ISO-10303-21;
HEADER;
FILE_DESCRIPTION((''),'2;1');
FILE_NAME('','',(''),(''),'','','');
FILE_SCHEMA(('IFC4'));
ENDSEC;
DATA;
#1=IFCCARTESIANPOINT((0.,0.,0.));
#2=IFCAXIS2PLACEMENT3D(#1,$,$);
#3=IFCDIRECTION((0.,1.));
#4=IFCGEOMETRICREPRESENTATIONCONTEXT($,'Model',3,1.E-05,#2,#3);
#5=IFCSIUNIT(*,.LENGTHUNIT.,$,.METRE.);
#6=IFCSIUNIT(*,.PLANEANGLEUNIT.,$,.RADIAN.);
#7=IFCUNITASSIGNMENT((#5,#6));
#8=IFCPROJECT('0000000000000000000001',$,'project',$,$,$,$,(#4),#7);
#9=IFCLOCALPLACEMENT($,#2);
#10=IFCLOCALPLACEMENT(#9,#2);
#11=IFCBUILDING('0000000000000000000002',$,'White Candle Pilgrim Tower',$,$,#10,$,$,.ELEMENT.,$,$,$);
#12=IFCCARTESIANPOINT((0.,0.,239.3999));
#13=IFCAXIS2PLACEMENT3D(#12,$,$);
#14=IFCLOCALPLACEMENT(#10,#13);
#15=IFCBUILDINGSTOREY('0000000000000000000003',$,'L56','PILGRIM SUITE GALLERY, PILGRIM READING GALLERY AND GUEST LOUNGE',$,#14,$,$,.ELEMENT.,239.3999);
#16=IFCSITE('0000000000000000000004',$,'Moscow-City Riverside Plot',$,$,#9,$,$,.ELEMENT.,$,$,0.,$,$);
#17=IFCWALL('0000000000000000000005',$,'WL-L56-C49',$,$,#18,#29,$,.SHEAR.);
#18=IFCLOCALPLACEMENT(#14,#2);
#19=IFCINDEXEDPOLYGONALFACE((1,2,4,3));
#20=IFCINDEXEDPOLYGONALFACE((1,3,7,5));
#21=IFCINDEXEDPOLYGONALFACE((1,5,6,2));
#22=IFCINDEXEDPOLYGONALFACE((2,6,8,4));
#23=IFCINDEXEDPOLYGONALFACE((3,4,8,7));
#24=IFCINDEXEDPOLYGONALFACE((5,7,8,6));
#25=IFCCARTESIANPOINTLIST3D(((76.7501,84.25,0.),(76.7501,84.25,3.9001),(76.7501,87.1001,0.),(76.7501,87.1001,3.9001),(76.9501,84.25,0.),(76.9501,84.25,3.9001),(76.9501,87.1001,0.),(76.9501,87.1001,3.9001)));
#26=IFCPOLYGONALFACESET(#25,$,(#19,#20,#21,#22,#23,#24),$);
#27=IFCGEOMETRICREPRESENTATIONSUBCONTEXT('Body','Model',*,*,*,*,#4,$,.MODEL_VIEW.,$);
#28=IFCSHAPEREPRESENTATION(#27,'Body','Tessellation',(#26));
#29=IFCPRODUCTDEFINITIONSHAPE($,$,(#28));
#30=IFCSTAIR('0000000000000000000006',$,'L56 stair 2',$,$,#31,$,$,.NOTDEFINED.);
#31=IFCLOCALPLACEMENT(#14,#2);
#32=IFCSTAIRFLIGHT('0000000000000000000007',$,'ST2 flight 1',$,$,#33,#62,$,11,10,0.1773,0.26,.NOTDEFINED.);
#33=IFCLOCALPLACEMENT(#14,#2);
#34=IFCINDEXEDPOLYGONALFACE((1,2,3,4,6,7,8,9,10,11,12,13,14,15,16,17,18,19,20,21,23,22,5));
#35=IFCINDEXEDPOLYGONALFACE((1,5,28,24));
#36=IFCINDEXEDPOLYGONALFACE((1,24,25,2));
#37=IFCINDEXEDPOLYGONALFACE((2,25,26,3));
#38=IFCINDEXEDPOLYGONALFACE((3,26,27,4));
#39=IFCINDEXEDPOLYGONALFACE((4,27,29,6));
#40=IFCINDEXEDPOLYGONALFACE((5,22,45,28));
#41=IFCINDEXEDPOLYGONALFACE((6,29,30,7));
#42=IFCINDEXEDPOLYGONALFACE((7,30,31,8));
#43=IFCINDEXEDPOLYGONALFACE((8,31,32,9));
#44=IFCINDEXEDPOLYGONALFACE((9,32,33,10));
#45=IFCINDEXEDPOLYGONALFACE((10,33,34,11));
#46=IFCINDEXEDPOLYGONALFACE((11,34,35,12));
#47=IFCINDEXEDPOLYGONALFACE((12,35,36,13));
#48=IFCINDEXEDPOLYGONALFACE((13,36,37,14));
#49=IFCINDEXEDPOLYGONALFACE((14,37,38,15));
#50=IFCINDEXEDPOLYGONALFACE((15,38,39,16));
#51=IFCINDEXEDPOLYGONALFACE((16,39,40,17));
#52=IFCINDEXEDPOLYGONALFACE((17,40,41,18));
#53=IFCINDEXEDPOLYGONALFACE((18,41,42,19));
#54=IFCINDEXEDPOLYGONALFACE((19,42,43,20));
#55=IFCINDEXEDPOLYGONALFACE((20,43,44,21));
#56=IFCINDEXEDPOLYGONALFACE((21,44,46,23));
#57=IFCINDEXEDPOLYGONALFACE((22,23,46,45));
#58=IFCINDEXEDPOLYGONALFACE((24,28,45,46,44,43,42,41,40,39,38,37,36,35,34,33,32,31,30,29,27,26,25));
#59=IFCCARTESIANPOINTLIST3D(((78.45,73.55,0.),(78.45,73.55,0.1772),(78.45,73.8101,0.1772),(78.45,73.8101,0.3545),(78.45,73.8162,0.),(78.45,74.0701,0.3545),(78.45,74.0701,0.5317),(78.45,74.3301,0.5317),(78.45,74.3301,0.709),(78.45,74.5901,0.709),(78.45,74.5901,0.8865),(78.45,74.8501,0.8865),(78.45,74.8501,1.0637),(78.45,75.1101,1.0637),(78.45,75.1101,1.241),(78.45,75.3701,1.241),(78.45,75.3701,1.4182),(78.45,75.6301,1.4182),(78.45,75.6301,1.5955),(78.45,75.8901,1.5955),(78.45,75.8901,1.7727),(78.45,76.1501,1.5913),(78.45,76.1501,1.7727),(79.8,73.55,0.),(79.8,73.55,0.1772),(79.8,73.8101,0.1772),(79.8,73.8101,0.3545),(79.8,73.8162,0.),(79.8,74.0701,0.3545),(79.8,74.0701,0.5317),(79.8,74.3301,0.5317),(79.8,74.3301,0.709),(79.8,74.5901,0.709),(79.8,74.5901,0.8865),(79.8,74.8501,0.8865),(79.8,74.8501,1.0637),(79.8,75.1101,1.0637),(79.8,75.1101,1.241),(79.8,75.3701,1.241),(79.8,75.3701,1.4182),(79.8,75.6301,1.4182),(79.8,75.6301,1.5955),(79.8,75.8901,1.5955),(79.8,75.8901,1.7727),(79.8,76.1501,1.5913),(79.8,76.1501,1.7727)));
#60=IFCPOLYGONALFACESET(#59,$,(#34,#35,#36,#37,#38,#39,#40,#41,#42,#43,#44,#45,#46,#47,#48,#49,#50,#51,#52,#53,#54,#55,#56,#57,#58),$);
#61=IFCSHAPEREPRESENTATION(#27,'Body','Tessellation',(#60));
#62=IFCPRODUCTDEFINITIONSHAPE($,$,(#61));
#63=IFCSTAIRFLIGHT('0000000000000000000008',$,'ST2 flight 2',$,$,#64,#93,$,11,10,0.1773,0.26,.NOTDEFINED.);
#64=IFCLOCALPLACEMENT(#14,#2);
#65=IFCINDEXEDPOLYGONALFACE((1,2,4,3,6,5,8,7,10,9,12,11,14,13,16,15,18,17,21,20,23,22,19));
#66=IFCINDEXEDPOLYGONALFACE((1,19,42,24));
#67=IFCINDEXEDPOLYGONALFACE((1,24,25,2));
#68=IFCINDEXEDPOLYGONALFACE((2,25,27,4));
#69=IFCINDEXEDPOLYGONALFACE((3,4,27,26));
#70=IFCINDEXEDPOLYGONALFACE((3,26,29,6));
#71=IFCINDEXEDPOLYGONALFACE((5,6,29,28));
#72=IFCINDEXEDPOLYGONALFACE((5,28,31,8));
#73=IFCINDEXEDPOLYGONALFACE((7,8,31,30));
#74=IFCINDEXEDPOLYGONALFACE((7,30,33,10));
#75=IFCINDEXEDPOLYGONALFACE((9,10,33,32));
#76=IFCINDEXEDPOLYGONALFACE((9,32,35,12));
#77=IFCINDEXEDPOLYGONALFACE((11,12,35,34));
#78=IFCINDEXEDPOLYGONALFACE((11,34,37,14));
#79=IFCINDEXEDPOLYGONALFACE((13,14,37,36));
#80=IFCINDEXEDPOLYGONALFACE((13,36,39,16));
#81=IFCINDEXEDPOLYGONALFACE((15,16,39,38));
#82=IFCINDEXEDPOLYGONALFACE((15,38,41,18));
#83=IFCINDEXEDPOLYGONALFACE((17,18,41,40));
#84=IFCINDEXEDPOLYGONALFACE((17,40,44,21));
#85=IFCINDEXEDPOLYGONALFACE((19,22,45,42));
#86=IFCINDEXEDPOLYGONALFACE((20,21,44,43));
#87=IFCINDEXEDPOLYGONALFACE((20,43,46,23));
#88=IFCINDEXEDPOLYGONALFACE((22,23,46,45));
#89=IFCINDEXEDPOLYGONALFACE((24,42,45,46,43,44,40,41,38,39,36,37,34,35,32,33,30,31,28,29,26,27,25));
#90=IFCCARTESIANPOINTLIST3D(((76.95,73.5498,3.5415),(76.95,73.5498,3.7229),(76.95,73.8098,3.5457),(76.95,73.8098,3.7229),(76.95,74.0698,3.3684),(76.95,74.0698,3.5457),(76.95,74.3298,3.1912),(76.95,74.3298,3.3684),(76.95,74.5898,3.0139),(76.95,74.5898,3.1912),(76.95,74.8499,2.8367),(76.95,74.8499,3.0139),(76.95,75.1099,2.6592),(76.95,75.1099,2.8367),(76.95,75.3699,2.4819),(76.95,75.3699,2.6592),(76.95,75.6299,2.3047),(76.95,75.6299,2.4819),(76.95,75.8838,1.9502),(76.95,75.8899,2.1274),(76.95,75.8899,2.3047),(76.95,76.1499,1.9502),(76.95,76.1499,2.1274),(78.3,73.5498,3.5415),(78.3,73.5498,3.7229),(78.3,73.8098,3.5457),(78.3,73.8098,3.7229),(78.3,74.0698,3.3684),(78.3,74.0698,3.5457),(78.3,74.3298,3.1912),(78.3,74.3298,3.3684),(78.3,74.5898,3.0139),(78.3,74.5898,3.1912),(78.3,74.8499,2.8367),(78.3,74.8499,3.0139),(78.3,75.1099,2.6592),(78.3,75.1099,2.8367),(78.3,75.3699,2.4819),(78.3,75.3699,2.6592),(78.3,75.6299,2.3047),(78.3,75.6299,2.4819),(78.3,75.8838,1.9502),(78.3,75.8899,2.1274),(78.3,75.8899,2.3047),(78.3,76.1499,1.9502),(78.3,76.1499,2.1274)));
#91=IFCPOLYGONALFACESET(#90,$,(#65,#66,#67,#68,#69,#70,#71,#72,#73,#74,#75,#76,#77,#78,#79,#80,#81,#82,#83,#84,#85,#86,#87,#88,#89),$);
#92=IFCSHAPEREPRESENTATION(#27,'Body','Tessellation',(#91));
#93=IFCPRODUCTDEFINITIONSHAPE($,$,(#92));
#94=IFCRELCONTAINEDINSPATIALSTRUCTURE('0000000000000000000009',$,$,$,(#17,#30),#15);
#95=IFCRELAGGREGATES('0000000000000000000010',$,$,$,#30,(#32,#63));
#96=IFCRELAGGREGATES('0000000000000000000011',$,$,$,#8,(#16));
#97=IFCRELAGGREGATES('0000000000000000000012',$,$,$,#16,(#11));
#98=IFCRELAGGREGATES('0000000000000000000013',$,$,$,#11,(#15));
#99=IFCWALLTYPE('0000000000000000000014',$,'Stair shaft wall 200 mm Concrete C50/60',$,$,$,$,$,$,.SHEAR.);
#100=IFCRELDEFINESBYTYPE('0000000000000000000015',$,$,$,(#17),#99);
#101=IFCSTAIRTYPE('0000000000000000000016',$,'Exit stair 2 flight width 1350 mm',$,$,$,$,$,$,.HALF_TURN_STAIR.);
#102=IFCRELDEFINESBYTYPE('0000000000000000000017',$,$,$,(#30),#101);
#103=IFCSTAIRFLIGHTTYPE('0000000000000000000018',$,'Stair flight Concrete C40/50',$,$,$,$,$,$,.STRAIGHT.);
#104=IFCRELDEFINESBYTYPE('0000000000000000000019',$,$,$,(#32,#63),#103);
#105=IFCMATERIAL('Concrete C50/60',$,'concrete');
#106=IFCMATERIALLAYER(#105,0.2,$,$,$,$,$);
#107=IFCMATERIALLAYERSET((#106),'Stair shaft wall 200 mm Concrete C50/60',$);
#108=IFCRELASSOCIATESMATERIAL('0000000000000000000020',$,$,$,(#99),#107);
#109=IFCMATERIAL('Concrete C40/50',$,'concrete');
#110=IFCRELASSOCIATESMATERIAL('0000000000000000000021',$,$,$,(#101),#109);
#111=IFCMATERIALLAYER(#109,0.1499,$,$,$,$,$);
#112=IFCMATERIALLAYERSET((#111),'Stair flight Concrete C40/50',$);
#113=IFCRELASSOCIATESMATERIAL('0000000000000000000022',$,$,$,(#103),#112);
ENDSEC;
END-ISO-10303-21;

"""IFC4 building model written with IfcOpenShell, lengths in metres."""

from ifc_helpers import new_model, si_unit, direction, frame, frame_2d, origin, place, context, subcontext, project, spatial, polyline, rectangle, outline, extrude, material, layer, layer_set, type_object, element, aggregate, save


model = new_model("IFC4")

# Units and contexts
model_context = context("Model", 3, precision=1e-05, world=origin(), true_north=direction((0.0, 1.0)))
body_context = subcontext(model_context, "Body", "Model", "MODEL_VIEW")
ifc_project = project(units=[si_unit("LENGTHUNIT", "METRE"), si_unit("PLANEANGLEUNIT", "RADIAN")], contexts=[model_context])

# Site, building, storey
site_placement = place(None, origin())
site = spatial("IfcSite", under=ifc_project, at=site_placement, Name="Moscow-City Riverside Plot", CompositionType="ELEMENT", RefElevation=0.0)
building_placement = place(site_placement, origin())
building = spatial("IfcBuilding", under=site, at=building_placement, Name="White Candle Pilgrim Tower", CompositionType="ELEMENT")
storey_placement = place(building_placement, frame((0.0, 0.0, 239.3999)))
storey = spatial("IfcBuildingStorey", under=building, at=storey_placement, Name="L56", Description="PILGRIM SUITE GALLERY, PILGRIM READING GALLERY AND GUEST LOUNGE", CompositionType="ELEMENT", Elevation=239.3999)

# Shared definitions
ifc_material_1 = material(Name="Concrete C50/60", Category="concrete")

# Wall
ifc_layer_1 = layer(ifc_material_1, 0.2)
ifc_layer_set_1 = layer_set([ifc_layer_1], Name="Stair shaft wall 200 mm Concrete C50/60")
wall_type_1 = type_object("IfcWallType", Name="Stair shaft wall 200 mm Concrete C50/60", PredefinedType="SHEAR", material=ifc_layer_set_1)
wall_1_placement = place(storey_placement, frame((76.8501, 84.25, 0.0), z_axis=(0.0, 0.0, 1.0), x_axis=(0.0, 1.0, 0.0)))
element("IfcWall", 1, at=wall_1_placement, inside=storey, type_object=wall_type_1, Name="WL-L56-C49", PredefinedType="SHEAR", context=body_context, shape_type="SweptSolid", body=[
    extrude(rectangle(XDim=2.8501, YDim=0.2, at=frame_2d((1.425, 0.0))), origin(), (0.0, 0.0, 1.0), 3.9001),
])

# Stair, stair flights
ifc_material_2 = material(Name="Concrete C40/50", Category="concrete")
stair_type = type_object("IfcStairType", Name="Exit stair 2 flight width 1350 mm", PredefinedType="HALF_TURN_STAIR", material=ifc_material_2)
stair_placement = place(storey_placement, origin())
stair = element("IfcStair", 2, at=stair_placement, inside=storey, type_object=stair_type, Name="L56 stair 2", PredefinedType="NOTDEFINED")
ifc_layer_2 = layer(ifc_material_2, 0.1499)
ifc_layer_set_2 = layer_set([ifc_layer_2], Name="Stair flight Concrete C40/50")
stair_flight_type = type_object("IfcStairFlightType", Name="Stair flight Concrete C40/50", PredefinedType="STRAIGHT", material=ifc_layer_set_2)
stair_flight_1_placement = place(storey_placement, frame((79.125, 73.55, 0.0), z_axis=(0.0, 0.0, 1.0), x_axis=(0.0, 1.0, 0.0)))
stair_flight_1 = element("IfcStairFlight", 3, at=stair_flight_1_placement, type_object=stair_flight_type, Name="ST2 flight 1", NumberOfRisers=11, NumberOfTreads=10, PredefinedType="NOTDEFINED", RiserHeight=0.1773, TreadLength=0.26, context=body_context, shape_type="SweptSolid", body=[
    extrude(outline(polyline([(0.0, 0.0), (0.0, 0.1772), (0.26, 0.1772), (0.26, 0.3545), (0.52, 0.3545), (0.52, 0.5317), (0.78, 0.5317), (0.78, 0.709), (1.04, 0.709), (1.04, 0.8865), (1.3, 0.8865), (1.3, 1.0637), (1.5601, 1.0637), (1.5601, 1.241), (1.8201, 1.241), (1.8201, 1.4182), (2.0801, 1.4182), (2.0801, 1.5955), (2.3401, 1.5955), (2.3401, 1.7727), (2.6001, 1.7727), (2.6001, 1.95), (2.6001, 1.5913), (0.2661, 0.0), (0.0, 0.0)])), frame((0.0, 0.675, 0.0), z_axis=(0.0, -1.0, 0.0), x_axis=(1.0, 0.0, 0.0)), (0.0, 0.0, 1.0), 1.3501),
])
stair_flight_2_placement = place(storey_placement, frame((77.625, 76.1499, 1.9502), z_axis=(0.0, 0.0, 1.0), x_axis=(0.0, -1.0, 0.0)))
stair_flight_2 = element("IfcStairFlight", 4, at=stair_flight_2_placement, type_object=stair_flight_type, Name="ST2 flight 2", NumberOfRisers=11, NumberOfTreads=10, PredefinedType="NOTDEFINED", RiserHeight=0.1773, TreadLength=0.26, context=body_context, shape_type="SweptSolid", body=[
    extrude(outline(polyline([(0.0, 0.0), (0.0, 0.1772), (0.26, 0.1772), (0.26, 0.3545), (0.52, 0.3545), (0.52, 0.5317), (0.78, 0.5317), (0.78, 0.709), (1.04, 0.709), (1.04, 0.8865), (1.3, 0.8865), (1.3, 1.0637), (1.5601, 1.0637), (1.5601, 1.241), (1.8201, 1.241), (1.8201, 1.4182), (2.0801, 1.4182), (2.0801, 1.5955), (2.3401, 1.5955), (2.3401, 1.7727), (2.6001, 1.7727), (2.6001, 1.95), (2.6001, 1.5913), (0.2661, 0.0), (0.0, 0.0)])), frame((0.0, 0.675, 0.0), z_axis=(0.0, -1.0, 0.0), x_axis=(1.0, 0.0, 0.0)), (0.0, 0.0, 1.0), 1.3501),
])
aggregate(stair, [stair_flight_1, stair_flight_2])

save(model, "model.ifc")
